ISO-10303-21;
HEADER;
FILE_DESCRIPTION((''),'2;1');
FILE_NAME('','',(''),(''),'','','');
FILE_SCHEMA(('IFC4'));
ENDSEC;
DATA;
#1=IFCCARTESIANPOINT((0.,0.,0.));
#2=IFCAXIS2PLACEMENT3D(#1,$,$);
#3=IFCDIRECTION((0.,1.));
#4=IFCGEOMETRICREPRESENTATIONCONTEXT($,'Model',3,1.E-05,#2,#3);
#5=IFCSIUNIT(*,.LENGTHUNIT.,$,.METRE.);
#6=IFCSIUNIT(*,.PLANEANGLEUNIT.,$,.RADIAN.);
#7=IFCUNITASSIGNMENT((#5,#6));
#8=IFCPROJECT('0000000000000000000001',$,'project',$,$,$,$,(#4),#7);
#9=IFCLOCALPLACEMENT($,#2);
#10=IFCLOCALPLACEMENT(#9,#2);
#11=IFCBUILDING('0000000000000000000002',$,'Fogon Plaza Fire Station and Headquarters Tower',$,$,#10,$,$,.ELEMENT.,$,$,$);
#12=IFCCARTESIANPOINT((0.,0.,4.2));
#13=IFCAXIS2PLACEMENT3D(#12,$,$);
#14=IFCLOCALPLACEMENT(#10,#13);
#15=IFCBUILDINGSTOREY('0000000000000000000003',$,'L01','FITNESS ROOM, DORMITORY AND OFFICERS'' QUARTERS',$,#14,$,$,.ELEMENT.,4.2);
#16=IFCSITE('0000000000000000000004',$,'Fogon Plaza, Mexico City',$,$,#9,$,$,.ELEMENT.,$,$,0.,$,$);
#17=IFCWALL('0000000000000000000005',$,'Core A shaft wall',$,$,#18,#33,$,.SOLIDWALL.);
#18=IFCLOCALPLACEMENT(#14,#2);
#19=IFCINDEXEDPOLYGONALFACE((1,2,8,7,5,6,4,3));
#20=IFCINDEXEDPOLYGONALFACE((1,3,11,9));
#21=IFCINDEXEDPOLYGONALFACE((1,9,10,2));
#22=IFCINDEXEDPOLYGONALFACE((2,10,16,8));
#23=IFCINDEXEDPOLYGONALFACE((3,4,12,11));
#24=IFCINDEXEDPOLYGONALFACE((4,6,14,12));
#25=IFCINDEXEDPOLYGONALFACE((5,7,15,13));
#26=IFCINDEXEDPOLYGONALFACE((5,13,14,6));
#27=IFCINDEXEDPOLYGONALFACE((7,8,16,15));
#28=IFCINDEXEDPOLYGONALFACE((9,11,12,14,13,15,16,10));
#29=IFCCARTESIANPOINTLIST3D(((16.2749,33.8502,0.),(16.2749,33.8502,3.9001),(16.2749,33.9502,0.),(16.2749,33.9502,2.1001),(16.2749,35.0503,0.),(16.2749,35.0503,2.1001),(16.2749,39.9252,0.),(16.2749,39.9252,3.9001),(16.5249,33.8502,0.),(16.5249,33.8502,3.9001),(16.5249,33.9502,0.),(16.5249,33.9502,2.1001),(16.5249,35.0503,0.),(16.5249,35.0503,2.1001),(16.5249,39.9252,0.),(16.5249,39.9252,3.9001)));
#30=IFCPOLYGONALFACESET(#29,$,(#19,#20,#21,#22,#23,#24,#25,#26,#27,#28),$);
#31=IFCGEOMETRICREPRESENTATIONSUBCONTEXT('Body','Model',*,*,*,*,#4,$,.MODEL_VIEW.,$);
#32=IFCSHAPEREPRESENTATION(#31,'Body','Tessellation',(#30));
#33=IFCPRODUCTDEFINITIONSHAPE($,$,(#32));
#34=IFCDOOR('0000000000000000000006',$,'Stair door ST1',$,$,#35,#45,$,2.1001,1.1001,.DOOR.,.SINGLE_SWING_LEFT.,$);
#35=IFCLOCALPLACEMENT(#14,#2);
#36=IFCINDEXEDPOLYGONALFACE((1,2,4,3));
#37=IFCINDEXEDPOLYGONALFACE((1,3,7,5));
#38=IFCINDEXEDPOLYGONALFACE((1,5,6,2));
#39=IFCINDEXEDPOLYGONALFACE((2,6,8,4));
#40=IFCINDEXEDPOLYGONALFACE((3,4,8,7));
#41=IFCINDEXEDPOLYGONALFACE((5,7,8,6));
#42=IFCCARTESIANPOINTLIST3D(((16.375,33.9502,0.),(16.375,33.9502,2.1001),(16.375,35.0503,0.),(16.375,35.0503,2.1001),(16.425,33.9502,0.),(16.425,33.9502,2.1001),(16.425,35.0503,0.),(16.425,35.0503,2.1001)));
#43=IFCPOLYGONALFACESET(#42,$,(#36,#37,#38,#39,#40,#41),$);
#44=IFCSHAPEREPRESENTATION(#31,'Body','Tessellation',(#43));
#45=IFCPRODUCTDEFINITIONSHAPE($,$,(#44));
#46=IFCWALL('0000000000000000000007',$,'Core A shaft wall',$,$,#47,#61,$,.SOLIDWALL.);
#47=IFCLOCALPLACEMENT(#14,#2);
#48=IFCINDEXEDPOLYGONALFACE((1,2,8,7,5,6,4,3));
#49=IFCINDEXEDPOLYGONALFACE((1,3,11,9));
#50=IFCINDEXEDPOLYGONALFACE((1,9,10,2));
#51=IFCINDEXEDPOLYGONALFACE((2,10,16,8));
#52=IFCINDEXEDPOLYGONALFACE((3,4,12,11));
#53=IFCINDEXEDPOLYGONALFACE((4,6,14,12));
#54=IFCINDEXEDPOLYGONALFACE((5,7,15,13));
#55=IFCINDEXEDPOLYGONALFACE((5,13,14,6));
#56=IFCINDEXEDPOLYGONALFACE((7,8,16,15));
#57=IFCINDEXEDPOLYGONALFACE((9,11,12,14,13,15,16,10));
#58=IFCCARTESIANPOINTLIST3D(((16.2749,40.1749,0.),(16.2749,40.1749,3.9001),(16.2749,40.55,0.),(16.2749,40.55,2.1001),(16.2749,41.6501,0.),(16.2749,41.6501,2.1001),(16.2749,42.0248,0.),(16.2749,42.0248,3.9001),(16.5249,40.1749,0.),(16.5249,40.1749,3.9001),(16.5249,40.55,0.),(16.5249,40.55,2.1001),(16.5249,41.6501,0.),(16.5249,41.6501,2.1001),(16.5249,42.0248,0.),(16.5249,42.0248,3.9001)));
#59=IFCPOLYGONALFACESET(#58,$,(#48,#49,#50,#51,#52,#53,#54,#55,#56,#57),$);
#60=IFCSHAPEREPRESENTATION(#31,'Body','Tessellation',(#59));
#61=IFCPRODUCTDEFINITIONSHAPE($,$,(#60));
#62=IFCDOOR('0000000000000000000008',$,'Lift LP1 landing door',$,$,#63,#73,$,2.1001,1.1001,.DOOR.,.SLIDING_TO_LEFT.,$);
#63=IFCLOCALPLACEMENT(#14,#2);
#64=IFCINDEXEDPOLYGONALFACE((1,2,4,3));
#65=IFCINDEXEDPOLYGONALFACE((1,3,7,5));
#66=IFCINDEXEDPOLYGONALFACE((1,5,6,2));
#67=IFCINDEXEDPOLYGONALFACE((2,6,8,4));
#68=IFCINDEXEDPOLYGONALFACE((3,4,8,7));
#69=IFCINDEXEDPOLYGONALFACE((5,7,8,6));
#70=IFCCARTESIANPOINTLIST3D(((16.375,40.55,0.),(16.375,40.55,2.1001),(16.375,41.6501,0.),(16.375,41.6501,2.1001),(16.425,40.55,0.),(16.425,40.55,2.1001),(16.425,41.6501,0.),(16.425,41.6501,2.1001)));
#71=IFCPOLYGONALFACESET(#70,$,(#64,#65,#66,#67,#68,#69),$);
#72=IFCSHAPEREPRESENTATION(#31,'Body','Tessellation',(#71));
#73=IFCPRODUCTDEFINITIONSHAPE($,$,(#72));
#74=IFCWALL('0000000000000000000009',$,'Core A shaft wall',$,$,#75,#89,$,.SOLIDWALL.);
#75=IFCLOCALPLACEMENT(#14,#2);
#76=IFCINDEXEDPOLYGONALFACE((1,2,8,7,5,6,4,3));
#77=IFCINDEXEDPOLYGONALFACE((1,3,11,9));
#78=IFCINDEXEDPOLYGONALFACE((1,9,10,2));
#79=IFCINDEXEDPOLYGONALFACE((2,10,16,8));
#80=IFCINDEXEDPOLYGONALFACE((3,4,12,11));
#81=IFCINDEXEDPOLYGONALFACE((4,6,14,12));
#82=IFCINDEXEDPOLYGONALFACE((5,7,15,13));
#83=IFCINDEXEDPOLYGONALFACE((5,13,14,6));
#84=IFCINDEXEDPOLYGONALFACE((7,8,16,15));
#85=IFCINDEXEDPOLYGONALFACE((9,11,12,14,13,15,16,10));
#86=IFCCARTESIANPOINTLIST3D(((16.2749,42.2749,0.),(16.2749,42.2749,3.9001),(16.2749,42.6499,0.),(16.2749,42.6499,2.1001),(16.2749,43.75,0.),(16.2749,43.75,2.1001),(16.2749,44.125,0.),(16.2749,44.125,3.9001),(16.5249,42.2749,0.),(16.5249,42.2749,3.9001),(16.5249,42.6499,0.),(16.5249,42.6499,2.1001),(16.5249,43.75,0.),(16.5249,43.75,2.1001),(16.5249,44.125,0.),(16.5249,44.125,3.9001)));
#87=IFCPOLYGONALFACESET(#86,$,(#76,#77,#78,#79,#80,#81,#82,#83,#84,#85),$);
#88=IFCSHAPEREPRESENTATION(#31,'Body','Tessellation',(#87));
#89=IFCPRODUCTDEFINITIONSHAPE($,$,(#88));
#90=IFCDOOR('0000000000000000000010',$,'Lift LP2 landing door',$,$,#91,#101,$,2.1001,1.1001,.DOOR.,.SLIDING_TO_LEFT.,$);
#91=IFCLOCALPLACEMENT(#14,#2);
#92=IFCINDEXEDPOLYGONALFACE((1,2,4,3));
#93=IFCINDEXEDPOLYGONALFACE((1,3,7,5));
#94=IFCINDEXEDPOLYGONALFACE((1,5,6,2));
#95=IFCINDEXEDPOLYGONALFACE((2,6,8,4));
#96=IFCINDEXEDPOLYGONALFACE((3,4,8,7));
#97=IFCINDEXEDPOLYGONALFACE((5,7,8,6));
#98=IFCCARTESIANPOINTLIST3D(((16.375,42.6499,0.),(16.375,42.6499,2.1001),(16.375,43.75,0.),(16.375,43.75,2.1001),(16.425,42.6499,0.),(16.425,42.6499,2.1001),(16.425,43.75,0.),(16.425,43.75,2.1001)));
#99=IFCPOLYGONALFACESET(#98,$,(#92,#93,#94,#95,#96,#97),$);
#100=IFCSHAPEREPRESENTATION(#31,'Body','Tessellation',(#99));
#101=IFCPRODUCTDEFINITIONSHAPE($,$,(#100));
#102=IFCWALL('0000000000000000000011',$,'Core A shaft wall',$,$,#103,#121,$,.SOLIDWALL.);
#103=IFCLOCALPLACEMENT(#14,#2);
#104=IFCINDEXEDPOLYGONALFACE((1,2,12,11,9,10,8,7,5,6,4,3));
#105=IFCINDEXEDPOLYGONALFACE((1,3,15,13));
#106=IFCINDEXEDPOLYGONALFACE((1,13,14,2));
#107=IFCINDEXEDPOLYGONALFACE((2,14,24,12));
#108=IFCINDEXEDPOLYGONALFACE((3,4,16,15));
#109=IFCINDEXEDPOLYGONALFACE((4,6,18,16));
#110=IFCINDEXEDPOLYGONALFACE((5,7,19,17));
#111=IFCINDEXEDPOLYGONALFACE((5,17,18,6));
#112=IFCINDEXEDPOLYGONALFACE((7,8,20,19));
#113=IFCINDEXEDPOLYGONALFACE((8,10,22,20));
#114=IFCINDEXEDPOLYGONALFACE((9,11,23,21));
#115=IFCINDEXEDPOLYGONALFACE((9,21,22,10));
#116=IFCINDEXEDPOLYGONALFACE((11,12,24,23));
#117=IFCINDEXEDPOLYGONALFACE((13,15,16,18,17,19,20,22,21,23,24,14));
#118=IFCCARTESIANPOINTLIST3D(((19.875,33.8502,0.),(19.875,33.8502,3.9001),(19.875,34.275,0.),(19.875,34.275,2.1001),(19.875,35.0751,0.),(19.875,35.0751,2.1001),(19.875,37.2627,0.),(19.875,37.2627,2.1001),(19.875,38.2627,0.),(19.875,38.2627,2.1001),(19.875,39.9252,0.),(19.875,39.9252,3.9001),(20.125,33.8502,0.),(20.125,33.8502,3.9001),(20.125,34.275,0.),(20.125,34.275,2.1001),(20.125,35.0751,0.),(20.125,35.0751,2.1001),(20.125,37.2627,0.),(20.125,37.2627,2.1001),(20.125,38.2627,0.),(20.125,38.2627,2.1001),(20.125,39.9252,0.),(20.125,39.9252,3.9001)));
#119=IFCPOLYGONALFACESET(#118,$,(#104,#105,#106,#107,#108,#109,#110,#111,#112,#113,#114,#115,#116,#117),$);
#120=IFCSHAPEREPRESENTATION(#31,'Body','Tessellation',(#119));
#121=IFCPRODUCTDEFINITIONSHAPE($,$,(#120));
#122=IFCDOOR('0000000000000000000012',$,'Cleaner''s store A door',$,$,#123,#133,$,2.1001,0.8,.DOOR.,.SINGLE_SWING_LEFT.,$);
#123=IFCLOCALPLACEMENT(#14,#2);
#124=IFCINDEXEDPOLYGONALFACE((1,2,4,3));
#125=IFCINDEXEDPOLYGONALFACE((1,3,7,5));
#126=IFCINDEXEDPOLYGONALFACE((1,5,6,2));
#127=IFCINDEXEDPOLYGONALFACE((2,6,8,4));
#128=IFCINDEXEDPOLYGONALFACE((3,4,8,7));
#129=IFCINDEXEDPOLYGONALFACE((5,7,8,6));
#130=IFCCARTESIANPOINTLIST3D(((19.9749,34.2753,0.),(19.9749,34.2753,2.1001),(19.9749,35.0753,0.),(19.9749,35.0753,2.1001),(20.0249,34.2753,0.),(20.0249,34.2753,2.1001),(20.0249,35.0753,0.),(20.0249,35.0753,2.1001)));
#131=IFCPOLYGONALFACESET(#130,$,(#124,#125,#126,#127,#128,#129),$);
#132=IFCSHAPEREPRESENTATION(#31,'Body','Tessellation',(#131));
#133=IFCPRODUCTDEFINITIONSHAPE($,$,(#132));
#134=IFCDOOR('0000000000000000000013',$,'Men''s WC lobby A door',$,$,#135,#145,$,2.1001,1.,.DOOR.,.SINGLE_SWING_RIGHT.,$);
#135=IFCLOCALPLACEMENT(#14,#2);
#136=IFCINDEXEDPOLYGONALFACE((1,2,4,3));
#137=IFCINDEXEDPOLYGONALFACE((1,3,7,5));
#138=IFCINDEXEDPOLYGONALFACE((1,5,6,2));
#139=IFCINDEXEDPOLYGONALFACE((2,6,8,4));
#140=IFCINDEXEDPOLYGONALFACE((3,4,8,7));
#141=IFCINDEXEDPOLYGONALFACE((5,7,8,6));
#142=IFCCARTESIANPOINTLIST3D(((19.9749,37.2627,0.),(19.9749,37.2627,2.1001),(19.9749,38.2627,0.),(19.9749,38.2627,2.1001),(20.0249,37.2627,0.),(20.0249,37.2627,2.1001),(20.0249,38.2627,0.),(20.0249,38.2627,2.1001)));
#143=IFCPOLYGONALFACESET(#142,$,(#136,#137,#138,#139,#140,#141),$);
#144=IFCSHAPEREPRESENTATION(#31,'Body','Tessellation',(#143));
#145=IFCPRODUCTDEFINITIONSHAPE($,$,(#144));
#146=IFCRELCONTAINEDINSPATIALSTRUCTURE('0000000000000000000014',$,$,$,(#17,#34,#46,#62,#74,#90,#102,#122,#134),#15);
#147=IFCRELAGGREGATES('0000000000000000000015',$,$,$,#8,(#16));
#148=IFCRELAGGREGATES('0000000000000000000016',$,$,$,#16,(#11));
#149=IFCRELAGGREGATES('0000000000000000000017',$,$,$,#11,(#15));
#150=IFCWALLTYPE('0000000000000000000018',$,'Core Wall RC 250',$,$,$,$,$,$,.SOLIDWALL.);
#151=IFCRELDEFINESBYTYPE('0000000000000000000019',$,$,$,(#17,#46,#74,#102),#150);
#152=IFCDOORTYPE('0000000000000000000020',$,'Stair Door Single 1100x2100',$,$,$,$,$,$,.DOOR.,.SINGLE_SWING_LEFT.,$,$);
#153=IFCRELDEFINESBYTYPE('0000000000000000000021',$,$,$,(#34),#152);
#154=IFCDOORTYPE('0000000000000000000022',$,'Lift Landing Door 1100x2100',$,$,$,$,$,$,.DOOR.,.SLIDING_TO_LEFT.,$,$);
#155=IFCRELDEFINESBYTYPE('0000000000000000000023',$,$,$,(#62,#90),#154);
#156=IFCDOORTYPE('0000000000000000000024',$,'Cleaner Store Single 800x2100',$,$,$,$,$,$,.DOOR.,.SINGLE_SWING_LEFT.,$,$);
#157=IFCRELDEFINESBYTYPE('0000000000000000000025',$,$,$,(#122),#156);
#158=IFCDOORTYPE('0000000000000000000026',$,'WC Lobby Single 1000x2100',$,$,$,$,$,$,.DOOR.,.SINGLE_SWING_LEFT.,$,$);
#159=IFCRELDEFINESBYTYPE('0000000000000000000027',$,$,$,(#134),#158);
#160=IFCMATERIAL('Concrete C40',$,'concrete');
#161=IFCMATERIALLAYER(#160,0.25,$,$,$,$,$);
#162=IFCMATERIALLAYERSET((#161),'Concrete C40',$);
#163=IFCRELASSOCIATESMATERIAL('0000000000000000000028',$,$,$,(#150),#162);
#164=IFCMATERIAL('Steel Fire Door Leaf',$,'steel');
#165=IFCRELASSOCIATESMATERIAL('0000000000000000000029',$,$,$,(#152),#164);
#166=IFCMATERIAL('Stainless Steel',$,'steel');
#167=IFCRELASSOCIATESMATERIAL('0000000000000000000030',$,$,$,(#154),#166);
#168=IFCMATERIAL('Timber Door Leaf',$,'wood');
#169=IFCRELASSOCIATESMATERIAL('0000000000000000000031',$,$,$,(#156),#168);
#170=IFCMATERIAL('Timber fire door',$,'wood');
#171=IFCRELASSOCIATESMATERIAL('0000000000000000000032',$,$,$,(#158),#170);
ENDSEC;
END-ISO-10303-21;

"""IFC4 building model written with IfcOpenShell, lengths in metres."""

from ifc_helpers import new_model, si_unit, direction, frame, frame_2d, origin, place, context, subcontext, project, spatial, rectangle, extrude, material, layer, layer_set, type_object, element, fill, save


model = new_model("IFC4")

# Units and contexts
model_context = context("Model", 3, precision=1e-05, world=origin(), true_north=direction((0.0, 1.0)))
body_context = subcontext(model_context, "Body", "Model", "MODEL_VIEW")
ifc_project = project(units=[si_unit("LENGTHUNIT", "METRE"), si_unit("PLANEANGLEUNIT", "RADIAN")], contexts=[model_context])

# Site, building, storey
site_placement = place(None, origin())
site = spatial("IfcSite", under=ifc_project, at=site_placement, Name="Fogon Plaza, Mexico City", CompositionType="ELEMENT", RefElevation=0.0)
building_placement = place(site_placement, origin())
building = spatial("IfcBuilding", under=site, at=building_placement, Name="Fogon Plaza Fire Station and Headquarters Tower", CompositionType="ELEMENT")
storey_placement = place(building_placement, frame((0.0, 0.0, 4.2)))
storey = spatial("IfcBuildingStorey", under=building, at=storey_placement, Name="L01", Description="FITNESS ROOM, DORMITORY AND OFFICERS' QUARTERS", CompositionType="ELEMENT", Elevation=4.2)

# Walls, openings, doors
ifc_material_1 = material(Name="Concrete C40", Category="concrete")
ifc_layer_1 = layer(ifc_material_1, 0.25)
ifc_layer_set_1 = layer_set([ifc_layer_1], Name="Concrete C40")
wall_type_1 = type_object("IfcWallType", Name="Core Wall RC 250", PredefinedType="SOLIDWALL", material=ifc_layer_set_1)
wall_1_placement = place(storey_placement, frame((16.3999, 33.8501, 0.0), z_axis=(0.0, 0.0, 1.0), x_axis=(0.0, 1.0, 0.0)))
wall_1 = element("IfcWall", 1, at=wall_1_placement, inside=storey, type_object=wall_type_1, Name="Core A shaft wall", PredefinedType="SOLIDWALL", context=body_context, shape_type="SweptSolid", body=[
    extrude(rectangle(XDim=6.075, YDim=0.25, at=frame_2d((3.0376, 0.0))), origin(), (0.0, 0.0, 1.0), 3.9001),
])
opening_1_placement = place(wall_1_placement, frame((0.1001, 0.0, 0.0)))
opening_1 = element("IfcOpeningElement", 2, at=opening_1_placement, cuts=wall_1, PredefinedType="OPENING", context=body_context, shape_type="SweptSolid", body=[
    extrude(rectangle(XDim=1.1001, YDim=2.1001, at=frame_2d((0.55, 1.05))), frame((0.0, 0.135, 0.0), z_axis=(0.0, -1.0, 0.0), x_axis=(1.0, 0.0, 0.0)), (0.0, 0.0, 1.0), 0.27),
])
ifc_material_2 = material(Name="Steel Fire Door Leaf", Category="steel")
door_type_1 = type_object("IfcDoorType", Name="Stair Door Single 1100x2100", OperationType="SINGLE_SWING_LEFT", PredefinedType="DOOR", material=ifc_material_2)
door_1_placement = place(opening_1_placement, origin())
door_1 = element("IfcDoor", 3, at=door_1_placement, inside=storey, type_object=door_type_1, Name="Stair door ST1", OperationType="SINGLE_SWING_LEFT", OverallHeight=2.1001, OverallWidth=1.1001, PredefinedType="DOOR", context=body_context, shape_type="SweptSolid", body=[
    extrude(rectangle(XDim=1.1001, YDim=2.1001, at=frame_2d((0.55, 1.05))), frame((0.0, 0.0249, 0.0), z_axis=(0.0, -1.0, 0.0), x_axis=(1.0, 0.0, 0.0)), (0.0, 0.0, 1.0), 0.05),
])
fill(opening_1, door_1)
wall_2_placement = place(storey_placement, frame((16.3999, 40.175, 0.0), z_axis=(0.0, 0.0, 1.0), x_axis=(0.0, 1.0, 0.0)))
wall_2 = element("IfcWall", 4, at=wall_2_placement, inside=storey, type_object=wall_type_1, Name="Core A shaft wall", PredefinedType="SOLIDWALL", context=body_context, shape_type="SweptSolid", body=[
    extrude(rectangle(XDim=1.8499, YDim=0.25, at=frame_2d((0.9248, 0.0))), origin(), (0.0, 0.0, 1.0), 3.9001),
])
opening_2_placement = place(wall_2_placement, frame((0.375, 0.0, 0.0)))
opening_2 = element("IfcOpeningElement", 5, at=opening_2_placement, cuts=wall_2, PredefinedType="OPENING", context=body_context, shape_type="SweptSolid", body=[
    extrude(rectangle(XDim=1.1001, YDim=2.1001, at=frame_2d((0.55, 1.05))), frame((0.0, 0.135, 0.0), z_axis=(0.0, -1.0, 0.0), x_axis=(1.0, 0.0, 0.0)), (0.0, 0.0, 1.0), 0.27),
])
ifc_material_3 = material(Name="Stainless Steel", Category="steel")
door_type_2 = type_object("IfcDoorType", Name="Lift Landing Door 1100x2100", OperationType="SLIDING_TO_LEFT", PredefinedType="DOOR", material=ifc_material_3)
door_2_placement = place(opening_2_placement, origin())
door_2 = element("IfcDoor", 6, at=door_2_placement, inside=storey, type_object=door_type_2, Name="Lift LP1 landing door", OperationType="SLIDING_TO_LEFT", OverallHeight=2.1001, OverallWidth=1.1001, PredefinedType="DOOR", context=body_context, shape_type="SweptSolid", body=[
    extrude(rectangle(XDim=1.1001, YDim=2.1001, at=frame_2d((0.55, 1.05))), frame((0.0, 0.0249, 0.0), z_axis=(0.0, -1.0, 0.0), x_axis=(1.0, 0.0, 0.0)), (0.0, 0.0, 1.0), 0.05),
])
fill(opening_2, door_2)
wall_3_placement = place(storey_placement, frame((16.3999, 42.2749, 0.0), z_axis=(0.0, 0.0, 1.0), x_axis=(0.0, 1.0, 0.0)))
wall_3 = element("IfcWall", 7, at=wall_3_placement, inside=storey, type_object=wall_type_1, Name="Core A shaft wall", PredefinedType="SOLIDWALL", context=body_context, shape_type="SweptSolid", body=[
    extrude(rectangle(XDim=1.8501, YDim=0.25, at=frame_2d((0.925, 0.0))), origin(), (0.0, 0.0, 1.0), 3.9001),
])
opening_3_placement = place(wall_3_placement, frame((0.375, 0.0, 0.0)))
opening_3 = element("IfcOpeningElement", 8, at=opening_3_placement, cuts=wall_3, PredefinedType="OPENING", context=body_context, shape_type="SweptSolid", body=[
    extrude(rectangle(XDim=1.1001, YDim=2.1001, at=frame_2d((0.55, 1.05))), frame((0.0, 0.135, 0.0), z_axis=(0.0, -1.0, 0.0), x_axis=(1.0, 0.0, 0.0)), (0.0, 0.0, 1.0), 0.27),
])
door_3_placement = place(opening_3_placement, origin())
door_3 = element("IfcDoor", 9, at=door_3_placement, inside=storey, type_object=door_type_2, Name="Lift LP2 landing door", OperationType="SLIDING_TO_LEFT", OverallHeight=2.1001, OverallWidth=1.1001, PredefinedType="DOOR", context=body_context, shape_type="SweptSolid", body=[
    extrude(rectangle(XDim=1.1001, YDim=2.1001, at=frame_2d((0.55, 1.05))), frame((0.0, 0.0249, 0.0), z_axis=(0.0, -1.0, 0.0), x_axis=(1.0, 0.0, 0.0)), (0.0, 0.0, 1.0), 0.05),
])
fill(opening_3, door_3)

# Wall, openings, doors
wall_4_placement = place(storey_placement, frame((20.0, 33.8501, 0.0), z_axis=(0.0, 0.0, 1.0), x_axis=(0.0, 1.0, 0.0)))
wall_4 = element("IfcWall", 10, at=wall_4_placement, inside=storey, type_object=wall_type_1, Name="Core A shaft wall", PredefinedType="SOLIDWALL", context=body_context, shape_type="SweptSolid", body=[
    extrude(rectangle(XDim=6.075, YDim=0.25, at=frame_2d((3.0376, 0.0))), origin(), (0.0, 0.0, 1.0), 3.9001),
])
opening_4_placement = place(wall_4_placement, frame((0.425, 0.0, 0.0)))
opening_4 = element("IfcOpeningElement", 11, at=opening_4_placement, cuts=wall_4, PredefinedType="OPENING", context=body_context, shape_type="SweptSolid", body=[
    extrude(rectangle(XDim=0.8, YDim=2.1001, at=frame_2d((0.3999, 1.05))), frame((0.0, 0.135, 0.0), z_axis=(0.0, -1.0, 0.0), x_axis=(1.0, 0.0, 0.0)), (0.0, 0.0, 1.0), 0.27),
])
opening_5_placement = place(wall_4_placement, frame((3.4126, 0.0, 0.0)))
opening_5 = element("IfcOpeningElement", 12, at=opening_5_placement, cuts=wall_4, PredefinedType="OPENING", context=body_context, shape_type="SweptSolid", body=[
    extrude(rectangle(XDim=1.0, YDim=2.1001, at=frame_2d((0.5, 1.05))), frame((0.0, 0.135, 0.0), z_axis=(0.0, -1.0, 0.0), x_axis=(1.0, 0.0, 0.0)), (0.0, 0.0, 1.0), 0.27),
])
ifc_material_4 = material(Name="Timber Door Leaf", Category="wood")
door_type_3 = type_object("IfcDoorType", Name="Cleaner Store Single 800x2100", OperationType="SINGLE_SWING_LEFT", PredefinedType="DOOR", material=ifc_material_4)
door_4_placement = place(opening_4_placement, frame((0.8, 0.0, 0.0), z_axis=(0.0, 0.0, 1.0), x_axis=(-1.0, 0.0, 0.0)))
door_4 = element("IfcDoor", 13, at=door_4_placement, inside=storey, type_object=door_type_3, Name="Cleaner's store A door", OperationType="SINGLE_SWING_LEFT", OverallHeight=2.1001, OverallWidth=0.8, PredefinedType="DOOR", context=body_context, shape_type="SweptSolid", body=[
    extrude(rectangle(XDim=0.8, YDim=2.1001, at=frame_2d((0.3999, 1.05))), frame((0.0, 0.0249, 0.0), z_axis=(0.0, -1.0, 0.0), x_axis=(1.0, 0.0, 0.0)), (0.0, 0.0, 1.0), 0.05),
])
fill(opening_4, door_4)
ifc_material_5 = material(Name="Timber fire door", Category="wood")
door_type_4 = type_object("IfcDoorType", Name="WC Lobby Single 1000x2100", OperationType="SINGLE_SWING_LEFT", PredefinedType="DOOR", material=ifc_material_5)
door_5_placement = place(opening_5_placement, frame((1.0, 0.0, 0.0), z_axis=(0.0, 0.0, 1.0), x_axis=(-1.0, 0.0, 0.0)))
door_5 = element("IfcDoor", 14, at=door_5_placement, inside=storey, type_object=door_type_4, Name="Men's WC lobby A door", OperationType="SINGLE_SWING_RIGHT", OverallHeight=2.1001, OverallWidth=1.0, PredefinedType="DOOR", context=body_context, shape_type="SweptSolid", body=[
    extrude(rectangle(XDim=1.0, YDim=2.1001, at=frame_2d((0.5, 1.05))), frame((0.0, 0.0249, 0.0), z_axis=(0.0, -1.0, 0.0), x_axis=(1.0, 0.0, 0.0)), (0.0, 0.0, 1.0), 0.05),
])
fill(opening_5, door_5)

save(model, "model.ifc")
